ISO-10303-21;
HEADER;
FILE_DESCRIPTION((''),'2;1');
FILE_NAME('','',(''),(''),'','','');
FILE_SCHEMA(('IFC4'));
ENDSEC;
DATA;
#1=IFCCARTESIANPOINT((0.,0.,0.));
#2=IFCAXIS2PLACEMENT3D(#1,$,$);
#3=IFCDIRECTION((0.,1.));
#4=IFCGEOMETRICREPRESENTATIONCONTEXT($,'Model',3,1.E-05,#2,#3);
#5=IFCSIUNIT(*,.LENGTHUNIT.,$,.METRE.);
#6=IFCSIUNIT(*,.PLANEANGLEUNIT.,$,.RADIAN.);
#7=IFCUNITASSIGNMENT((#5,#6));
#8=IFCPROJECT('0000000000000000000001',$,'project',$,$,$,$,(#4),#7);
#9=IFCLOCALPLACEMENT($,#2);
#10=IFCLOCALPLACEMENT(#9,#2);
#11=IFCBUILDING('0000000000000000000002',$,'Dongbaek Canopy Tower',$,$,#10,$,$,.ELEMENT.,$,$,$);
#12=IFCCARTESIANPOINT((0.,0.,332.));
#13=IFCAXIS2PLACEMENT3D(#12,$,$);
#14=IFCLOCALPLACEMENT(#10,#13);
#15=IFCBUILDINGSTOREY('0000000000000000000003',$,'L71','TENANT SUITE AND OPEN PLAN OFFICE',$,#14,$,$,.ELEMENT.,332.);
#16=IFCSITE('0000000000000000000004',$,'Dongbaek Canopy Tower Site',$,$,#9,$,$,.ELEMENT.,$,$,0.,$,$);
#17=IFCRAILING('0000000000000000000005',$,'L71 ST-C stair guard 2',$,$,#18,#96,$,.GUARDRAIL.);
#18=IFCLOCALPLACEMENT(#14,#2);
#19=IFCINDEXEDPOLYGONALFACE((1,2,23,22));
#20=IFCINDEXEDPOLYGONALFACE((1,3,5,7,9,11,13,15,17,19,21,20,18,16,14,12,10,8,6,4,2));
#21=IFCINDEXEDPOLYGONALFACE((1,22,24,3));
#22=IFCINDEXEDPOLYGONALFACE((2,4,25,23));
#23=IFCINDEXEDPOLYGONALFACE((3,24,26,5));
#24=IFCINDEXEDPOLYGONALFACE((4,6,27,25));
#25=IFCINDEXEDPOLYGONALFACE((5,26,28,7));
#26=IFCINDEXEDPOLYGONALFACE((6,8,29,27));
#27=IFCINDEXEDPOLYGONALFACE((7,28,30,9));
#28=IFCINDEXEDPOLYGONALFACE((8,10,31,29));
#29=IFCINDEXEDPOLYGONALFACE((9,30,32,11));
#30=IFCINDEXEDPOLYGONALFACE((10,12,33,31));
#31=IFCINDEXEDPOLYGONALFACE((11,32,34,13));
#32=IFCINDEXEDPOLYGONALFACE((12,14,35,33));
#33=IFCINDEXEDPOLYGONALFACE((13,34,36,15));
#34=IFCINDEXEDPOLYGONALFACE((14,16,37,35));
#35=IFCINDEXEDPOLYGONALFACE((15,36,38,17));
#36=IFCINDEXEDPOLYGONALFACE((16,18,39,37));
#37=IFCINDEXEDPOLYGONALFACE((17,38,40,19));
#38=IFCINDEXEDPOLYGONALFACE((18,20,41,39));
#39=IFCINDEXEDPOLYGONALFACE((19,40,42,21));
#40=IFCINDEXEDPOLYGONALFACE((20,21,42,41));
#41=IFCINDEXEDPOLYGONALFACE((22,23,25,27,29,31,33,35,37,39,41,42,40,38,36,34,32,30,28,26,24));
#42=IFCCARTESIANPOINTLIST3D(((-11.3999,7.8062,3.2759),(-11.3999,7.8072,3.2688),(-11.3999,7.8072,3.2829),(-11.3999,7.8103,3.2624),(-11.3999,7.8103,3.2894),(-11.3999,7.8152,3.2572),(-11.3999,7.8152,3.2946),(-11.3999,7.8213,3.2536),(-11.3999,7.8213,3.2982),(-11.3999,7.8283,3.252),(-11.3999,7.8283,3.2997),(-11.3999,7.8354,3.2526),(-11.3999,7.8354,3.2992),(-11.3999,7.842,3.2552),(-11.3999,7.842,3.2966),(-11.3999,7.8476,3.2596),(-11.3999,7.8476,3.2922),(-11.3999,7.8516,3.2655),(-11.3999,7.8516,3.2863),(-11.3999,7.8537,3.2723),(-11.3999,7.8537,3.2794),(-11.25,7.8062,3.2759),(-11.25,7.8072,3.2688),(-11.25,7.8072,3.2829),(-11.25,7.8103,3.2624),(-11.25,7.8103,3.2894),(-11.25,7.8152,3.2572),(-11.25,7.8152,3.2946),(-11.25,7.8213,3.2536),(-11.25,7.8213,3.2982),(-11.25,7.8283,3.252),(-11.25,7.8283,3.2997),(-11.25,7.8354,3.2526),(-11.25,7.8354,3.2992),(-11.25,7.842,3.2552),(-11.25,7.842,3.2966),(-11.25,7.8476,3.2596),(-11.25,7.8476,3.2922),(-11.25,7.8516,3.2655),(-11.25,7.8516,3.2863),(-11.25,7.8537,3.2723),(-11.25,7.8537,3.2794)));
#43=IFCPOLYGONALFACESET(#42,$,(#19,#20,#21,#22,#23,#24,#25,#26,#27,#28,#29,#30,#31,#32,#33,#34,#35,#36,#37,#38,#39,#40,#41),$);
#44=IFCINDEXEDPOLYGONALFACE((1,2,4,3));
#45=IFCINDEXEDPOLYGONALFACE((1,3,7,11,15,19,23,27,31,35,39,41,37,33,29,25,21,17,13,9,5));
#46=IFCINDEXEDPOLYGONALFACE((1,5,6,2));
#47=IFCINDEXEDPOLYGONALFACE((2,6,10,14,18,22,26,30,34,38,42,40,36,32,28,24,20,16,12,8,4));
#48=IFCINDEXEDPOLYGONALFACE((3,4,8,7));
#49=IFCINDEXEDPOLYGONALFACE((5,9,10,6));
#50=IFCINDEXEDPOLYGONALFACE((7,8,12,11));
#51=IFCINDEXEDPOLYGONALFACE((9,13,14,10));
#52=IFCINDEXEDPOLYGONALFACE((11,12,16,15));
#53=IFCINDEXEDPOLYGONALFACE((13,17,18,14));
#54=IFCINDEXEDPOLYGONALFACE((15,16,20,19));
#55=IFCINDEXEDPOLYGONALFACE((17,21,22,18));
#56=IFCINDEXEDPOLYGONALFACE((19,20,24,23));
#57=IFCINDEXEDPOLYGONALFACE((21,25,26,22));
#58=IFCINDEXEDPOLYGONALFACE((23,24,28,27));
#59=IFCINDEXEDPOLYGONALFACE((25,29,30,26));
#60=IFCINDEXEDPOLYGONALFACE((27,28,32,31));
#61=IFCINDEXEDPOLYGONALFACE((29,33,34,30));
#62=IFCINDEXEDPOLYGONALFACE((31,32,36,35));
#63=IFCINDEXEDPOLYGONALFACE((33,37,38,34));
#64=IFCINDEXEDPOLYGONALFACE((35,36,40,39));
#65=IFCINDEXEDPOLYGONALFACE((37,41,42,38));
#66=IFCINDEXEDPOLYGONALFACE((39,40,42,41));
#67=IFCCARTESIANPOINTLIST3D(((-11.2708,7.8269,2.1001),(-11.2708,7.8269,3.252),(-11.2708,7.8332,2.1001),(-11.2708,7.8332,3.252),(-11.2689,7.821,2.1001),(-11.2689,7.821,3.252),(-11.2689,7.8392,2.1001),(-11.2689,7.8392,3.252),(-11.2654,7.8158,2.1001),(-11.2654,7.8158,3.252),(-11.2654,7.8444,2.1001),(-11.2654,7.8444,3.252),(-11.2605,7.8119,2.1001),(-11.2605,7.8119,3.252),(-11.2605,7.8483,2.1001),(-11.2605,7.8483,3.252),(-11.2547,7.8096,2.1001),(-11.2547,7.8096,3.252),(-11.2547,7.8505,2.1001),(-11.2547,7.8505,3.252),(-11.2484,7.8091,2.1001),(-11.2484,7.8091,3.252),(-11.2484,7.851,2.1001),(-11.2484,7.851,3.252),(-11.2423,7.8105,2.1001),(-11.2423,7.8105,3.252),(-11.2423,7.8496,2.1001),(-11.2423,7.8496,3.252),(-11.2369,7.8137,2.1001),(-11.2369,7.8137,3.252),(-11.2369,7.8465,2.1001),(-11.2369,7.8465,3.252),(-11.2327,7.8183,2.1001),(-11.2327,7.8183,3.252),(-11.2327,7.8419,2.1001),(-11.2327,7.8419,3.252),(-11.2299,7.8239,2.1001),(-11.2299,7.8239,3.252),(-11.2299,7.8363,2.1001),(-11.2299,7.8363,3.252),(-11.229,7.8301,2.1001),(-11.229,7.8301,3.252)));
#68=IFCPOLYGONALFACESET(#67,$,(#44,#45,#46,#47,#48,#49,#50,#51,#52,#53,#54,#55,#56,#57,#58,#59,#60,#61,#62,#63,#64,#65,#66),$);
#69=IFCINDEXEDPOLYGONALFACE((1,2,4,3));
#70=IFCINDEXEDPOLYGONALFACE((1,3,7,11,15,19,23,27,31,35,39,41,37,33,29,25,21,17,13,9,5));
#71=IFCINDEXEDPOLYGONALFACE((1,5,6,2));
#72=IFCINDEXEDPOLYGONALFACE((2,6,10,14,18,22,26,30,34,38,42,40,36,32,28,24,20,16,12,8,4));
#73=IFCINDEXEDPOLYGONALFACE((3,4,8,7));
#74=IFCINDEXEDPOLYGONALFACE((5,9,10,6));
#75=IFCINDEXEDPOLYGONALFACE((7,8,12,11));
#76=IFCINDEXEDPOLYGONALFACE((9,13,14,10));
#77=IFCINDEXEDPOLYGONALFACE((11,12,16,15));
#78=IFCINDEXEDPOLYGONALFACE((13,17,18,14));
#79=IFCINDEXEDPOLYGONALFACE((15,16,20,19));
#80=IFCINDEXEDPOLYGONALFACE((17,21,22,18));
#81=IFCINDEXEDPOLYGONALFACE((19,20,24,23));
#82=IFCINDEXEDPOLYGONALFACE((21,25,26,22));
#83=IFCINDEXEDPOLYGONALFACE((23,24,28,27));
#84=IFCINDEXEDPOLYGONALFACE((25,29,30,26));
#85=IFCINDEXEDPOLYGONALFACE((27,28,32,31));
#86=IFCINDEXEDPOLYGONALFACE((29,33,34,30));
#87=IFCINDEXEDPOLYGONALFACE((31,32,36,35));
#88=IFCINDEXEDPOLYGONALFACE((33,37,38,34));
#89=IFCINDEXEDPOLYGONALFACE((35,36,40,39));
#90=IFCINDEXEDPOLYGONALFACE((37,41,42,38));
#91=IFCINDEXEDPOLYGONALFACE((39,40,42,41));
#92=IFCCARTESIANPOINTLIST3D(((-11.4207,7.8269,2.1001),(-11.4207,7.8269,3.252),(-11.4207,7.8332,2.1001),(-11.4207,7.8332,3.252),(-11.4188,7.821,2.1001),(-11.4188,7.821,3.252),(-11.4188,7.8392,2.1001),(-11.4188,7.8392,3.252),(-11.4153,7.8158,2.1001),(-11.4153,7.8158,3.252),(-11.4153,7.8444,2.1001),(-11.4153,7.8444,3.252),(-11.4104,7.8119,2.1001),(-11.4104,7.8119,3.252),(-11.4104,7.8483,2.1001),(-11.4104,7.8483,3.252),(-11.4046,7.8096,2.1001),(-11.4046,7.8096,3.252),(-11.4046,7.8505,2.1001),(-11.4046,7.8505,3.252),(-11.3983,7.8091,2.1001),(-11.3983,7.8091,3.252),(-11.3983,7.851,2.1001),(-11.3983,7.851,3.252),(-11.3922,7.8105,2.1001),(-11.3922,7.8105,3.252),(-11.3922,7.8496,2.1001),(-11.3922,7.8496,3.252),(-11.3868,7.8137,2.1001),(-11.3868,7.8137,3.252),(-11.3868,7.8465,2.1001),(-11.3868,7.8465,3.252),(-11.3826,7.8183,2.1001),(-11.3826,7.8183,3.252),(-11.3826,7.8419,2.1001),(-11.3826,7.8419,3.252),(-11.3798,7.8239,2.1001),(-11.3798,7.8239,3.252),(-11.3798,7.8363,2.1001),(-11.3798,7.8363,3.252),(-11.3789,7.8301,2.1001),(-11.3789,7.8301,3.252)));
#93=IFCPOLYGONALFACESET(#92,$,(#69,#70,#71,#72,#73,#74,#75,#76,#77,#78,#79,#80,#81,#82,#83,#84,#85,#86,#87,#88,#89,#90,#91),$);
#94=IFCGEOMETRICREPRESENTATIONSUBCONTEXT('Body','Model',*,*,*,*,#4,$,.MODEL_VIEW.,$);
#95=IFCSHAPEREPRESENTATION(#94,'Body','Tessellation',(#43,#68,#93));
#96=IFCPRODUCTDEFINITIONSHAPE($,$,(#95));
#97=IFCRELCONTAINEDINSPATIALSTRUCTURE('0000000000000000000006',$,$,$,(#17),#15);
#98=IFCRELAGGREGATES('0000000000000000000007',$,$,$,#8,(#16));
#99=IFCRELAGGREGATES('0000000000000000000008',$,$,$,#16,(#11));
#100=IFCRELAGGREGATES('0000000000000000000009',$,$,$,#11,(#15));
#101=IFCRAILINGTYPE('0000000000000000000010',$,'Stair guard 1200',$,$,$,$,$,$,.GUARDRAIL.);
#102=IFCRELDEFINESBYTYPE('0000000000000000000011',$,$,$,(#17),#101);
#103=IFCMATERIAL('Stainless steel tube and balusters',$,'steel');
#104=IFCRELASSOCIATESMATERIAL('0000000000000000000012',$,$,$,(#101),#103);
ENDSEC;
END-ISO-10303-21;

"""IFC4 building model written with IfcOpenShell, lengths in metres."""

from ifc_helpers import new_model, si_unit, direction, frame, origin, origin_2d, place, context, subcontext, project, spatial, circle, extrude, material, type_object, element, save


model = new_model("IFC4")

# Units and contexts
model_context = context("Model", 3, precision=1e-05, world=origin(), true_north=direction((0.0, 1.0)))
body_context = subcontext(model_context, "Body", "Model", "MODEL_VIEW")
ifc_project = project(units=[si_unit("LENGTHUNIT", "METRE"), si_unit("PLANEANGLEUNIT", "RADIAN")], contexts=[model_context])

# Site, building, storey
site_placement = place(None, origin())
site = spatial("IfcSite", under=ifc_project, at=site_placement, Name="Dongbaek Canopy Tower Site", CompositionType="ELEMENT", RefElevation=0.0)
building_placement = place(site_placement, origin())
building = spatial("IfcBuilding", under=site, at=building_placement, Name="Dongbaek Canopy Tower", CompositionType="ELEMENT")
storey_placement = place(building_placement, frame((0.0, 0.0, 332.0)))
storey = spatial("IfcBuildingStorey", under=building, at=storey_placement, Name="L71", Description="TENANT SUITE AND OPEN PLAN OFFICE", CompositionType="ELEMENT", Elevation=332.0)

# Railing
ifc_material_1 = material(Name="Stainless steel tube and balusters", Category="steel")
railing_type_1 = type_object("IfcRailingType", Name="Stair guard 1200", PredefinedType="GUARDRAIL", material=ifc_material_1)
railing_1_placement = place(storey_placement, frame((-11.25, 7.8301, 2.1001)))
element("IfcRailing", 1, at=railing_1_placement, inside=storey, type_object=railing_type_1, Name="L71 ST-C stair guard 2", PredefinedType="GUARDRAIL", context=body_context, shape_type="SweptSolid", body=[
    extrude(circle(Radius=0.0239, at=origin_2d()), frame((0.0, 0.0, 1.1758), z_axis=(-1.0, 0.0, 0.0), x_axis=(0.0, -1.0, 0.0)), (0.0, 0.0, 1.0), 0.1499),
    extrude(circle(Radius=0.021, at=origin_2d()), origin(), (0.0, 0.0, 1.0), 1.1519),
    extrude(circle(Radius=0.021, at=origin_2d()), frame((-0.1499, 0.0, 0.0)), (0.0, 0.0, 1.0), 1.1519),
])

save(model, "model.ifc")
